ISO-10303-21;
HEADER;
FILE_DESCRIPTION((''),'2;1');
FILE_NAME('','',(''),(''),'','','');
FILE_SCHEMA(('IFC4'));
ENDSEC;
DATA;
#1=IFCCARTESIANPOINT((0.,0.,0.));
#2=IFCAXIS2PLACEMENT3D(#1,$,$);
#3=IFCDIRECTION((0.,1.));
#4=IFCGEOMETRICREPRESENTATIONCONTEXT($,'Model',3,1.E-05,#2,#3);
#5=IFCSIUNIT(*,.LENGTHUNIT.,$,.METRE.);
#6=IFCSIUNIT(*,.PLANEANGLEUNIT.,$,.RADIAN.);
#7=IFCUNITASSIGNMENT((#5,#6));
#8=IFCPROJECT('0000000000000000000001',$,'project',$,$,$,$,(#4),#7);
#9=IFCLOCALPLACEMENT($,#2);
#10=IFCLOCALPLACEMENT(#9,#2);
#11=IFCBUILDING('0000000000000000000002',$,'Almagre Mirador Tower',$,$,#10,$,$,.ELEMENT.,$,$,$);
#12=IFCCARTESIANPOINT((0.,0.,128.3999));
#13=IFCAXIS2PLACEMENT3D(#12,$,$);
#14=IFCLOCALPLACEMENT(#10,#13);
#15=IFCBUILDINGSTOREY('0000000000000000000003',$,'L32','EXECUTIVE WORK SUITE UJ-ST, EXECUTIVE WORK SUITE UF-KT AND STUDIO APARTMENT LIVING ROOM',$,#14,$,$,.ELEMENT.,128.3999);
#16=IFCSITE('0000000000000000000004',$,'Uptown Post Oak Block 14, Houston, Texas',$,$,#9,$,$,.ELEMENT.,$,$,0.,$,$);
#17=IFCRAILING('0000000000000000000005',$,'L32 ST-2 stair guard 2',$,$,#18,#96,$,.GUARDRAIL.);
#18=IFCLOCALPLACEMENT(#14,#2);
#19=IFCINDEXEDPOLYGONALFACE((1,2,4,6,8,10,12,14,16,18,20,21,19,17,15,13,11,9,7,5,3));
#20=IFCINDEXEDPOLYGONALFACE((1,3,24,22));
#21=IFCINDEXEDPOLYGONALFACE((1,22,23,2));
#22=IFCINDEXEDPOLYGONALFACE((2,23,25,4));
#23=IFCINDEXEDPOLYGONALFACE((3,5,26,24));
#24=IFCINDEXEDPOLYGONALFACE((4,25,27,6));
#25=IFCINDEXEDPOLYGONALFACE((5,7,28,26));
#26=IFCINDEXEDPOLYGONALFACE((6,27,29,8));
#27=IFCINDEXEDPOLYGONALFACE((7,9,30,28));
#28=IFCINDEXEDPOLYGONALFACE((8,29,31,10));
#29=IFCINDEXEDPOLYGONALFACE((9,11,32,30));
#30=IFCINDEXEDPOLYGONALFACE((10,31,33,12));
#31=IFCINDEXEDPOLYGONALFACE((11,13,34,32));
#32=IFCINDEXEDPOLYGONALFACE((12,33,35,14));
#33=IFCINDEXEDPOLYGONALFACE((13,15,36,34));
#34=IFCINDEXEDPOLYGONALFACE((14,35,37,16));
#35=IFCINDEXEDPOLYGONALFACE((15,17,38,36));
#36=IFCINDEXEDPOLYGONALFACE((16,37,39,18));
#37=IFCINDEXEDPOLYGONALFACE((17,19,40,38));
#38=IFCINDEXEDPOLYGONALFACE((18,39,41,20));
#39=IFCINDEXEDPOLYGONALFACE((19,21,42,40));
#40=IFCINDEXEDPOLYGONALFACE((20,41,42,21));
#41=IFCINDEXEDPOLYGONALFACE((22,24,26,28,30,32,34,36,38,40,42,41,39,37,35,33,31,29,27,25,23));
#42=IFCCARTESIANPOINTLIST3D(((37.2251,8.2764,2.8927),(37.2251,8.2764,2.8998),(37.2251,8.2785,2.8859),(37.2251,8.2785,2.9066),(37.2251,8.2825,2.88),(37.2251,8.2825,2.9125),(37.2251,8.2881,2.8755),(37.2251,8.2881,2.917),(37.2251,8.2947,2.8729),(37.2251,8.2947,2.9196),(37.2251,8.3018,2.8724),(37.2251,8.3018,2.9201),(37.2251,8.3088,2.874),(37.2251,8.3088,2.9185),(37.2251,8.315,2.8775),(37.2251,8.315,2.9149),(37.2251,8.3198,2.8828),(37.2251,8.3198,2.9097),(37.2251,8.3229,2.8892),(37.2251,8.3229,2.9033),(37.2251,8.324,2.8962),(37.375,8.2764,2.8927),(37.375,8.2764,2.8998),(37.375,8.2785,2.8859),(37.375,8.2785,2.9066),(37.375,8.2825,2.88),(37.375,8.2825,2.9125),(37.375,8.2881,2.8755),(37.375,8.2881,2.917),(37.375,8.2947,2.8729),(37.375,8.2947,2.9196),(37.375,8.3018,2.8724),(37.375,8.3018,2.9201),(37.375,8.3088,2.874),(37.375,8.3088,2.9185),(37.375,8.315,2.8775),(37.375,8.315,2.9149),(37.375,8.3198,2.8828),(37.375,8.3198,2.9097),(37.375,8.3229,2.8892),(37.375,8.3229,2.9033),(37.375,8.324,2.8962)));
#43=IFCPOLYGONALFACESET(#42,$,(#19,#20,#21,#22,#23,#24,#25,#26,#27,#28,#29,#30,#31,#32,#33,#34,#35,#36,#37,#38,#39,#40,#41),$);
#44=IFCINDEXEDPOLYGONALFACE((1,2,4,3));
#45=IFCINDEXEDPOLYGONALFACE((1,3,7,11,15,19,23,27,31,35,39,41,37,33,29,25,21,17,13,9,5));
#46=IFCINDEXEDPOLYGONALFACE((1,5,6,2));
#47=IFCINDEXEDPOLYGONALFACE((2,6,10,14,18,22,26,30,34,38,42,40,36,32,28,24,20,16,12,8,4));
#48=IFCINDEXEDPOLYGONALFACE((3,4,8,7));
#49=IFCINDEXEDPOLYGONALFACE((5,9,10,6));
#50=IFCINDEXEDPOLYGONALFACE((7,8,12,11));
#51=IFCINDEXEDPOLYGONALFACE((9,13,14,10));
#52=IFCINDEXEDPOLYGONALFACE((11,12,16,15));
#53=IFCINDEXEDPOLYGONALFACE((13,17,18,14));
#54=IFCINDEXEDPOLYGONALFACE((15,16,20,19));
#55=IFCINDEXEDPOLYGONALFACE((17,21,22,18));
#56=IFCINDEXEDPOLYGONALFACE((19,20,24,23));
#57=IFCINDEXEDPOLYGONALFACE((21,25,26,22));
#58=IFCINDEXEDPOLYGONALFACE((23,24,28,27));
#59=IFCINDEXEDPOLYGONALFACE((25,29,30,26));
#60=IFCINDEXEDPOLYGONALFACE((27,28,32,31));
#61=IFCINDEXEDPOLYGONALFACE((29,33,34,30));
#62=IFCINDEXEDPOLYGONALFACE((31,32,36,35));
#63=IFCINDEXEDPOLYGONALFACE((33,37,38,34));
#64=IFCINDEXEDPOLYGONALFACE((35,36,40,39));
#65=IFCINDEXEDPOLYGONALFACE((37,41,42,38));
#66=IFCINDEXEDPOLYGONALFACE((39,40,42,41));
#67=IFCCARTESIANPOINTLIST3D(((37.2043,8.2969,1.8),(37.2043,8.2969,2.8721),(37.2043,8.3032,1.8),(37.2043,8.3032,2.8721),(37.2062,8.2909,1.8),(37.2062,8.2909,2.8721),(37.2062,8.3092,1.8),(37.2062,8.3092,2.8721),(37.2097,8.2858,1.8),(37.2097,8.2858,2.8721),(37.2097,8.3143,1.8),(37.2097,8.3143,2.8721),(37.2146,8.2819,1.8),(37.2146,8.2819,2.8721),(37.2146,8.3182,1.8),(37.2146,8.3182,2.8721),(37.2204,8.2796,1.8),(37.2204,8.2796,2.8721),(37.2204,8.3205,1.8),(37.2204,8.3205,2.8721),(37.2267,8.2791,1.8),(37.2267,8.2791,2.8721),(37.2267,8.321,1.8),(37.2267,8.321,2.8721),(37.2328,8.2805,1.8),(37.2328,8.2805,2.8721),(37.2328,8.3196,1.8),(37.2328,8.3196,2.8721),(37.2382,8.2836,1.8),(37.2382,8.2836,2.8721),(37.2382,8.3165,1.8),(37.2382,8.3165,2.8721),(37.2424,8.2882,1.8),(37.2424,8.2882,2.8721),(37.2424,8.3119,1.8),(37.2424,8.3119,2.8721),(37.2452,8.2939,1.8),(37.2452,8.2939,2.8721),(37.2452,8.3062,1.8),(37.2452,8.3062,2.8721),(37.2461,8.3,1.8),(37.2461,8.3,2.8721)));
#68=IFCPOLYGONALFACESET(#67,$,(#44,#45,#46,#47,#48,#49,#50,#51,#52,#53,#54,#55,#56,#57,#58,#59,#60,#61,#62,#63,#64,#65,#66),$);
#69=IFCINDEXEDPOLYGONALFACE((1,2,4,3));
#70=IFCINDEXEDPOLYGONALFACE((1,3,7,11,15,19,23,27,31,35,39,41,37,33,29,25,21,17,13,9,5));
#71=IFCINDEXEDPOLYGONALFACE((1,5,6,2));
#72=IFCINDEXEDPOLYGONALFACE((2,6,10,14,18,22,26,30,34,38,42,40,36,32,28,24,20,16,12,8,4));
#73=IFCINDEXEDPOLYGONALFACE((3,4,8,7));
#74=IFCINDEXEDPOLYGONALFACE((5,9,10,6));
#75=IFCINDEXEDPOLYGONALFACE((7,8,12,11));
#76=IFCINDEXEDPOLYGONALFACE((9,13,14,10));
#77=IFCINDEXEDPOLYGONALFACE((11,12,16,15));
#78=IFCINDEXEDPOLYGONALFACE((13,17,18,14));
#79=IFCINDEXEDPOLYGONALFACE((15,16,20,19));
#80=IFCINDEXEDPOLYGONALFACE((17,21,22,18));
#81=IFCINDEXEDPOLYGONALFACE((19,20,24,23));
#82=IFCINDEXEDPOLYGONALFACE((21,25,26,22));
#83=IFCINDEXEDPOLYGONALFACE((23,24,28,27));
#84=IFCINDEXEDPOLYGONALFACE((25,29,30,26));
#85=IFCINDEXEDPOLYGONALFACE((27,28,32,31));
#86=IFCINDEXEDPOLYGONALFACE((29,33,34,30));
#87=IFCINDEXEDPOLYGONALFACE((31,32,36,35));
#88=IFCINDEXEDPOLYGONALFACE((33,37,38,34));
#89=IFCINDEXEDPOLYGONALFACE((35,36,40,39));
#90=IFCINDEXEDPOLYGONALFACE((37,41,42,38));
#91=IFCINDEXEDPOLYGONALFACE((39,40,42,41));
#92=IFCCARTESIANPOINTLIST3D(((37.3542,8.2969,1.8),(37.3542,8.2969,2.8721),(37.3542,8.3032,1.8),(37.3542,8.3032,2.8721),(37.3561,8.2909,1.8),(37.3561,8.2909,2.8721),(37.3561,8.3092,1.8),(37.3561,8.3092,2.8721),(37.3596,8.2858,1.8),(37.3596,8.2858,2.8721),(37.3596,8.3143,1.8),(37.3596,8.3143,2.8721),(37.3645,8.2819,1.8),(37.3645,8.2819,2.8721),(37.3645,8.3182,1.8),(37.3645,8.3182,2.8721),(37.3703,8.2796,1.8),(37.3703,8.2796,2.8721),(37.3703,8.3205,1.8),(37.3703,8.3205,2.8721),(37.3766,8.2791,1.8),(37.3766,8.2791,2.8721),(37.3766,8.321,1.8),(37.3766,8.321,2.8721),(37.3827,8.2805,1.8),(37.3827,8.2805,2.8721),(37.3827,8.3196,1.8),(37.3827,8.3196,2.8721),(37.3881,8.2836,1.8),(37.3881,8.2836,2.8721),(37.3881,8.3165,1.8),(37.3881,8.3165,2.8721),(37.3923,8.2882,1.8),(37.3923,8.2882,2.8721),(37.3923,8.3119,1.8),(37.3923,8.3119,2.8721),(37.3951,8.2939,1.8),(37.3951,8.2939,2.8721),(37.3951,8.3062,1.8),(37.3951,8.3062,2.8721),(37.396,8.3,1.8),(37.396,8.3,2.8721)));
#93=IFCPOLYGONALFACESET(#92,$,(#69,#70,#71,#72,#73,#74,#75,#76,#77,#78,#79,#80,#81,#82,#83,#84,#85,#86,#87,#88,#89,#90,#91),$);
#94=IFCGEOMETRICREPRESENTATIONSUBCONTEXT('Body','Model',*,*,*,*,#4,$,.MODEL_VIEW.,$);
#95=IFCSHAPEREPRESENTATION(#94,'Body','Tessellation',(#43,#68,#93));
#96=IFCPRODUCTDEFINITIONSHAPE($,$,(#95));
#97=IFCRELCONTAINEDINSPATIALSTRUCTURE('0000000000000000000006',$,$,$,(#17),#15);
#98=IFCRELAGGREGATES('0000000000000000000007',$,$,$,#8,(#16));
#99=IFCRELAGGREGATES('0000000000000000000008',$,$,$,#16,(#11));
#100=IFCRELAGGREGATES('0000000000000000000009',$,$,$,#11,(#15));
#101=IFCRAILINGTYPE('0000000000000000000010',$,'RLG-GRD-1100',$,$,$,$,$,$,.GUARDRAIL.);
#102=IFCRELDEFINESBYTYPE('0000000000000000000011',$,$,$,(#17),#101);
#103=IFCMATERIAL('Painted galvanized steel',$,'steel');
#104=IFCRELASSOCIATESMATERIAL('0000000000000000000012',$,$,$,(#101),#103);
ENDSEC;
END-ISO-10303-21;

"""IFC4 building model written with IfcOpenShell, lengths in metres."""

from ifc_helpers import new_model, si_unit, direction, frame, origin, origin_2d, place, context, subcontext, project, spatial, circle, extrude, material, type_object, element, save


model = new_model("IFC4")

# Units and contexts
model_context = context("Model", 3, precision=1e-05, world=origin(), true_north=direction((0.0, 1.0)))
body_context = subcontext(model_context, "Body", "Model", "MODEL_VIEW")
ifc_project = project(units=[si_unit("LENGTHUNIT", "METRE"), si_unit("PLANEANGLEUNIT", "RADIAN")], contexts=[model_context])

# Site, building, storey
site_placement = place(None, origin())
site = spatial("IfcSite", under=ifc_project, at=site_placement, Name="Uptown Post Oak Block 14, Houston, Texas", CompositionType="ELEMENT", RefElevation=0.0)
building_placement = place(site_placement, origin())
building = spatial("IfcBuilding", under=site, at=building_placement, Name="Almagre Mirador Tower", CompositionType="ELEMENT")
storey_placement = place(building_placement, frame((0.0, 0.0, 128.3999)))
storey = spatial("IfcBuildingStorey", under=building, at=storey_placement, Name="L32", Description="EXECUTIVE WORK SUITE UJ-ST, EXECUTIVE WORK SUITE UF-KT AND STUDIO APARTMENT LIVING ROOM", CompositionType="ELEMENT", Elevation=128.3999)

# Railing
ifc_material_1 = material(Name="Painted galvanized steel", Category="steel")
railing_type_1 = type_object("IfcRailingType", Name="RLG-GRD-1100", PredefinedType="GUARDRAIL", material=ifc_material_1)
railing_1_placement = place(storey_placement, frame((37.2251, 8.3, 1.8)))
element("IfcRailing", 1, at=railing_1_placement, inside=storey, type_object=railing_type_1, Name="L32 ST-2 stair guard 2", PredefinedType="GUARDRAIL", context=body_context, shape_type="SweptSolid", body=[
    extrude(circle(Radius=0.0239, at=origin_2d()), frame((0.0, 0.0, 1.0962), z_axis=(1.0, 0.0, 0.0), x_axis=(0.0, 1.0, 0.0)), (0.0, 0.0, 1.0), 0.1499),
    extrude(circle(Radius=0.021, at=origin_2d()), origin(), (0.0, 0.0, 1.0), 1.072),
    extrude(circle(Radius=0.021, at=origin_2d()), frame((0.1499, 0.0, 0.0)), (0.0, 0.0, 1.0), 1.072),
])

save(model, "model.ifc")
